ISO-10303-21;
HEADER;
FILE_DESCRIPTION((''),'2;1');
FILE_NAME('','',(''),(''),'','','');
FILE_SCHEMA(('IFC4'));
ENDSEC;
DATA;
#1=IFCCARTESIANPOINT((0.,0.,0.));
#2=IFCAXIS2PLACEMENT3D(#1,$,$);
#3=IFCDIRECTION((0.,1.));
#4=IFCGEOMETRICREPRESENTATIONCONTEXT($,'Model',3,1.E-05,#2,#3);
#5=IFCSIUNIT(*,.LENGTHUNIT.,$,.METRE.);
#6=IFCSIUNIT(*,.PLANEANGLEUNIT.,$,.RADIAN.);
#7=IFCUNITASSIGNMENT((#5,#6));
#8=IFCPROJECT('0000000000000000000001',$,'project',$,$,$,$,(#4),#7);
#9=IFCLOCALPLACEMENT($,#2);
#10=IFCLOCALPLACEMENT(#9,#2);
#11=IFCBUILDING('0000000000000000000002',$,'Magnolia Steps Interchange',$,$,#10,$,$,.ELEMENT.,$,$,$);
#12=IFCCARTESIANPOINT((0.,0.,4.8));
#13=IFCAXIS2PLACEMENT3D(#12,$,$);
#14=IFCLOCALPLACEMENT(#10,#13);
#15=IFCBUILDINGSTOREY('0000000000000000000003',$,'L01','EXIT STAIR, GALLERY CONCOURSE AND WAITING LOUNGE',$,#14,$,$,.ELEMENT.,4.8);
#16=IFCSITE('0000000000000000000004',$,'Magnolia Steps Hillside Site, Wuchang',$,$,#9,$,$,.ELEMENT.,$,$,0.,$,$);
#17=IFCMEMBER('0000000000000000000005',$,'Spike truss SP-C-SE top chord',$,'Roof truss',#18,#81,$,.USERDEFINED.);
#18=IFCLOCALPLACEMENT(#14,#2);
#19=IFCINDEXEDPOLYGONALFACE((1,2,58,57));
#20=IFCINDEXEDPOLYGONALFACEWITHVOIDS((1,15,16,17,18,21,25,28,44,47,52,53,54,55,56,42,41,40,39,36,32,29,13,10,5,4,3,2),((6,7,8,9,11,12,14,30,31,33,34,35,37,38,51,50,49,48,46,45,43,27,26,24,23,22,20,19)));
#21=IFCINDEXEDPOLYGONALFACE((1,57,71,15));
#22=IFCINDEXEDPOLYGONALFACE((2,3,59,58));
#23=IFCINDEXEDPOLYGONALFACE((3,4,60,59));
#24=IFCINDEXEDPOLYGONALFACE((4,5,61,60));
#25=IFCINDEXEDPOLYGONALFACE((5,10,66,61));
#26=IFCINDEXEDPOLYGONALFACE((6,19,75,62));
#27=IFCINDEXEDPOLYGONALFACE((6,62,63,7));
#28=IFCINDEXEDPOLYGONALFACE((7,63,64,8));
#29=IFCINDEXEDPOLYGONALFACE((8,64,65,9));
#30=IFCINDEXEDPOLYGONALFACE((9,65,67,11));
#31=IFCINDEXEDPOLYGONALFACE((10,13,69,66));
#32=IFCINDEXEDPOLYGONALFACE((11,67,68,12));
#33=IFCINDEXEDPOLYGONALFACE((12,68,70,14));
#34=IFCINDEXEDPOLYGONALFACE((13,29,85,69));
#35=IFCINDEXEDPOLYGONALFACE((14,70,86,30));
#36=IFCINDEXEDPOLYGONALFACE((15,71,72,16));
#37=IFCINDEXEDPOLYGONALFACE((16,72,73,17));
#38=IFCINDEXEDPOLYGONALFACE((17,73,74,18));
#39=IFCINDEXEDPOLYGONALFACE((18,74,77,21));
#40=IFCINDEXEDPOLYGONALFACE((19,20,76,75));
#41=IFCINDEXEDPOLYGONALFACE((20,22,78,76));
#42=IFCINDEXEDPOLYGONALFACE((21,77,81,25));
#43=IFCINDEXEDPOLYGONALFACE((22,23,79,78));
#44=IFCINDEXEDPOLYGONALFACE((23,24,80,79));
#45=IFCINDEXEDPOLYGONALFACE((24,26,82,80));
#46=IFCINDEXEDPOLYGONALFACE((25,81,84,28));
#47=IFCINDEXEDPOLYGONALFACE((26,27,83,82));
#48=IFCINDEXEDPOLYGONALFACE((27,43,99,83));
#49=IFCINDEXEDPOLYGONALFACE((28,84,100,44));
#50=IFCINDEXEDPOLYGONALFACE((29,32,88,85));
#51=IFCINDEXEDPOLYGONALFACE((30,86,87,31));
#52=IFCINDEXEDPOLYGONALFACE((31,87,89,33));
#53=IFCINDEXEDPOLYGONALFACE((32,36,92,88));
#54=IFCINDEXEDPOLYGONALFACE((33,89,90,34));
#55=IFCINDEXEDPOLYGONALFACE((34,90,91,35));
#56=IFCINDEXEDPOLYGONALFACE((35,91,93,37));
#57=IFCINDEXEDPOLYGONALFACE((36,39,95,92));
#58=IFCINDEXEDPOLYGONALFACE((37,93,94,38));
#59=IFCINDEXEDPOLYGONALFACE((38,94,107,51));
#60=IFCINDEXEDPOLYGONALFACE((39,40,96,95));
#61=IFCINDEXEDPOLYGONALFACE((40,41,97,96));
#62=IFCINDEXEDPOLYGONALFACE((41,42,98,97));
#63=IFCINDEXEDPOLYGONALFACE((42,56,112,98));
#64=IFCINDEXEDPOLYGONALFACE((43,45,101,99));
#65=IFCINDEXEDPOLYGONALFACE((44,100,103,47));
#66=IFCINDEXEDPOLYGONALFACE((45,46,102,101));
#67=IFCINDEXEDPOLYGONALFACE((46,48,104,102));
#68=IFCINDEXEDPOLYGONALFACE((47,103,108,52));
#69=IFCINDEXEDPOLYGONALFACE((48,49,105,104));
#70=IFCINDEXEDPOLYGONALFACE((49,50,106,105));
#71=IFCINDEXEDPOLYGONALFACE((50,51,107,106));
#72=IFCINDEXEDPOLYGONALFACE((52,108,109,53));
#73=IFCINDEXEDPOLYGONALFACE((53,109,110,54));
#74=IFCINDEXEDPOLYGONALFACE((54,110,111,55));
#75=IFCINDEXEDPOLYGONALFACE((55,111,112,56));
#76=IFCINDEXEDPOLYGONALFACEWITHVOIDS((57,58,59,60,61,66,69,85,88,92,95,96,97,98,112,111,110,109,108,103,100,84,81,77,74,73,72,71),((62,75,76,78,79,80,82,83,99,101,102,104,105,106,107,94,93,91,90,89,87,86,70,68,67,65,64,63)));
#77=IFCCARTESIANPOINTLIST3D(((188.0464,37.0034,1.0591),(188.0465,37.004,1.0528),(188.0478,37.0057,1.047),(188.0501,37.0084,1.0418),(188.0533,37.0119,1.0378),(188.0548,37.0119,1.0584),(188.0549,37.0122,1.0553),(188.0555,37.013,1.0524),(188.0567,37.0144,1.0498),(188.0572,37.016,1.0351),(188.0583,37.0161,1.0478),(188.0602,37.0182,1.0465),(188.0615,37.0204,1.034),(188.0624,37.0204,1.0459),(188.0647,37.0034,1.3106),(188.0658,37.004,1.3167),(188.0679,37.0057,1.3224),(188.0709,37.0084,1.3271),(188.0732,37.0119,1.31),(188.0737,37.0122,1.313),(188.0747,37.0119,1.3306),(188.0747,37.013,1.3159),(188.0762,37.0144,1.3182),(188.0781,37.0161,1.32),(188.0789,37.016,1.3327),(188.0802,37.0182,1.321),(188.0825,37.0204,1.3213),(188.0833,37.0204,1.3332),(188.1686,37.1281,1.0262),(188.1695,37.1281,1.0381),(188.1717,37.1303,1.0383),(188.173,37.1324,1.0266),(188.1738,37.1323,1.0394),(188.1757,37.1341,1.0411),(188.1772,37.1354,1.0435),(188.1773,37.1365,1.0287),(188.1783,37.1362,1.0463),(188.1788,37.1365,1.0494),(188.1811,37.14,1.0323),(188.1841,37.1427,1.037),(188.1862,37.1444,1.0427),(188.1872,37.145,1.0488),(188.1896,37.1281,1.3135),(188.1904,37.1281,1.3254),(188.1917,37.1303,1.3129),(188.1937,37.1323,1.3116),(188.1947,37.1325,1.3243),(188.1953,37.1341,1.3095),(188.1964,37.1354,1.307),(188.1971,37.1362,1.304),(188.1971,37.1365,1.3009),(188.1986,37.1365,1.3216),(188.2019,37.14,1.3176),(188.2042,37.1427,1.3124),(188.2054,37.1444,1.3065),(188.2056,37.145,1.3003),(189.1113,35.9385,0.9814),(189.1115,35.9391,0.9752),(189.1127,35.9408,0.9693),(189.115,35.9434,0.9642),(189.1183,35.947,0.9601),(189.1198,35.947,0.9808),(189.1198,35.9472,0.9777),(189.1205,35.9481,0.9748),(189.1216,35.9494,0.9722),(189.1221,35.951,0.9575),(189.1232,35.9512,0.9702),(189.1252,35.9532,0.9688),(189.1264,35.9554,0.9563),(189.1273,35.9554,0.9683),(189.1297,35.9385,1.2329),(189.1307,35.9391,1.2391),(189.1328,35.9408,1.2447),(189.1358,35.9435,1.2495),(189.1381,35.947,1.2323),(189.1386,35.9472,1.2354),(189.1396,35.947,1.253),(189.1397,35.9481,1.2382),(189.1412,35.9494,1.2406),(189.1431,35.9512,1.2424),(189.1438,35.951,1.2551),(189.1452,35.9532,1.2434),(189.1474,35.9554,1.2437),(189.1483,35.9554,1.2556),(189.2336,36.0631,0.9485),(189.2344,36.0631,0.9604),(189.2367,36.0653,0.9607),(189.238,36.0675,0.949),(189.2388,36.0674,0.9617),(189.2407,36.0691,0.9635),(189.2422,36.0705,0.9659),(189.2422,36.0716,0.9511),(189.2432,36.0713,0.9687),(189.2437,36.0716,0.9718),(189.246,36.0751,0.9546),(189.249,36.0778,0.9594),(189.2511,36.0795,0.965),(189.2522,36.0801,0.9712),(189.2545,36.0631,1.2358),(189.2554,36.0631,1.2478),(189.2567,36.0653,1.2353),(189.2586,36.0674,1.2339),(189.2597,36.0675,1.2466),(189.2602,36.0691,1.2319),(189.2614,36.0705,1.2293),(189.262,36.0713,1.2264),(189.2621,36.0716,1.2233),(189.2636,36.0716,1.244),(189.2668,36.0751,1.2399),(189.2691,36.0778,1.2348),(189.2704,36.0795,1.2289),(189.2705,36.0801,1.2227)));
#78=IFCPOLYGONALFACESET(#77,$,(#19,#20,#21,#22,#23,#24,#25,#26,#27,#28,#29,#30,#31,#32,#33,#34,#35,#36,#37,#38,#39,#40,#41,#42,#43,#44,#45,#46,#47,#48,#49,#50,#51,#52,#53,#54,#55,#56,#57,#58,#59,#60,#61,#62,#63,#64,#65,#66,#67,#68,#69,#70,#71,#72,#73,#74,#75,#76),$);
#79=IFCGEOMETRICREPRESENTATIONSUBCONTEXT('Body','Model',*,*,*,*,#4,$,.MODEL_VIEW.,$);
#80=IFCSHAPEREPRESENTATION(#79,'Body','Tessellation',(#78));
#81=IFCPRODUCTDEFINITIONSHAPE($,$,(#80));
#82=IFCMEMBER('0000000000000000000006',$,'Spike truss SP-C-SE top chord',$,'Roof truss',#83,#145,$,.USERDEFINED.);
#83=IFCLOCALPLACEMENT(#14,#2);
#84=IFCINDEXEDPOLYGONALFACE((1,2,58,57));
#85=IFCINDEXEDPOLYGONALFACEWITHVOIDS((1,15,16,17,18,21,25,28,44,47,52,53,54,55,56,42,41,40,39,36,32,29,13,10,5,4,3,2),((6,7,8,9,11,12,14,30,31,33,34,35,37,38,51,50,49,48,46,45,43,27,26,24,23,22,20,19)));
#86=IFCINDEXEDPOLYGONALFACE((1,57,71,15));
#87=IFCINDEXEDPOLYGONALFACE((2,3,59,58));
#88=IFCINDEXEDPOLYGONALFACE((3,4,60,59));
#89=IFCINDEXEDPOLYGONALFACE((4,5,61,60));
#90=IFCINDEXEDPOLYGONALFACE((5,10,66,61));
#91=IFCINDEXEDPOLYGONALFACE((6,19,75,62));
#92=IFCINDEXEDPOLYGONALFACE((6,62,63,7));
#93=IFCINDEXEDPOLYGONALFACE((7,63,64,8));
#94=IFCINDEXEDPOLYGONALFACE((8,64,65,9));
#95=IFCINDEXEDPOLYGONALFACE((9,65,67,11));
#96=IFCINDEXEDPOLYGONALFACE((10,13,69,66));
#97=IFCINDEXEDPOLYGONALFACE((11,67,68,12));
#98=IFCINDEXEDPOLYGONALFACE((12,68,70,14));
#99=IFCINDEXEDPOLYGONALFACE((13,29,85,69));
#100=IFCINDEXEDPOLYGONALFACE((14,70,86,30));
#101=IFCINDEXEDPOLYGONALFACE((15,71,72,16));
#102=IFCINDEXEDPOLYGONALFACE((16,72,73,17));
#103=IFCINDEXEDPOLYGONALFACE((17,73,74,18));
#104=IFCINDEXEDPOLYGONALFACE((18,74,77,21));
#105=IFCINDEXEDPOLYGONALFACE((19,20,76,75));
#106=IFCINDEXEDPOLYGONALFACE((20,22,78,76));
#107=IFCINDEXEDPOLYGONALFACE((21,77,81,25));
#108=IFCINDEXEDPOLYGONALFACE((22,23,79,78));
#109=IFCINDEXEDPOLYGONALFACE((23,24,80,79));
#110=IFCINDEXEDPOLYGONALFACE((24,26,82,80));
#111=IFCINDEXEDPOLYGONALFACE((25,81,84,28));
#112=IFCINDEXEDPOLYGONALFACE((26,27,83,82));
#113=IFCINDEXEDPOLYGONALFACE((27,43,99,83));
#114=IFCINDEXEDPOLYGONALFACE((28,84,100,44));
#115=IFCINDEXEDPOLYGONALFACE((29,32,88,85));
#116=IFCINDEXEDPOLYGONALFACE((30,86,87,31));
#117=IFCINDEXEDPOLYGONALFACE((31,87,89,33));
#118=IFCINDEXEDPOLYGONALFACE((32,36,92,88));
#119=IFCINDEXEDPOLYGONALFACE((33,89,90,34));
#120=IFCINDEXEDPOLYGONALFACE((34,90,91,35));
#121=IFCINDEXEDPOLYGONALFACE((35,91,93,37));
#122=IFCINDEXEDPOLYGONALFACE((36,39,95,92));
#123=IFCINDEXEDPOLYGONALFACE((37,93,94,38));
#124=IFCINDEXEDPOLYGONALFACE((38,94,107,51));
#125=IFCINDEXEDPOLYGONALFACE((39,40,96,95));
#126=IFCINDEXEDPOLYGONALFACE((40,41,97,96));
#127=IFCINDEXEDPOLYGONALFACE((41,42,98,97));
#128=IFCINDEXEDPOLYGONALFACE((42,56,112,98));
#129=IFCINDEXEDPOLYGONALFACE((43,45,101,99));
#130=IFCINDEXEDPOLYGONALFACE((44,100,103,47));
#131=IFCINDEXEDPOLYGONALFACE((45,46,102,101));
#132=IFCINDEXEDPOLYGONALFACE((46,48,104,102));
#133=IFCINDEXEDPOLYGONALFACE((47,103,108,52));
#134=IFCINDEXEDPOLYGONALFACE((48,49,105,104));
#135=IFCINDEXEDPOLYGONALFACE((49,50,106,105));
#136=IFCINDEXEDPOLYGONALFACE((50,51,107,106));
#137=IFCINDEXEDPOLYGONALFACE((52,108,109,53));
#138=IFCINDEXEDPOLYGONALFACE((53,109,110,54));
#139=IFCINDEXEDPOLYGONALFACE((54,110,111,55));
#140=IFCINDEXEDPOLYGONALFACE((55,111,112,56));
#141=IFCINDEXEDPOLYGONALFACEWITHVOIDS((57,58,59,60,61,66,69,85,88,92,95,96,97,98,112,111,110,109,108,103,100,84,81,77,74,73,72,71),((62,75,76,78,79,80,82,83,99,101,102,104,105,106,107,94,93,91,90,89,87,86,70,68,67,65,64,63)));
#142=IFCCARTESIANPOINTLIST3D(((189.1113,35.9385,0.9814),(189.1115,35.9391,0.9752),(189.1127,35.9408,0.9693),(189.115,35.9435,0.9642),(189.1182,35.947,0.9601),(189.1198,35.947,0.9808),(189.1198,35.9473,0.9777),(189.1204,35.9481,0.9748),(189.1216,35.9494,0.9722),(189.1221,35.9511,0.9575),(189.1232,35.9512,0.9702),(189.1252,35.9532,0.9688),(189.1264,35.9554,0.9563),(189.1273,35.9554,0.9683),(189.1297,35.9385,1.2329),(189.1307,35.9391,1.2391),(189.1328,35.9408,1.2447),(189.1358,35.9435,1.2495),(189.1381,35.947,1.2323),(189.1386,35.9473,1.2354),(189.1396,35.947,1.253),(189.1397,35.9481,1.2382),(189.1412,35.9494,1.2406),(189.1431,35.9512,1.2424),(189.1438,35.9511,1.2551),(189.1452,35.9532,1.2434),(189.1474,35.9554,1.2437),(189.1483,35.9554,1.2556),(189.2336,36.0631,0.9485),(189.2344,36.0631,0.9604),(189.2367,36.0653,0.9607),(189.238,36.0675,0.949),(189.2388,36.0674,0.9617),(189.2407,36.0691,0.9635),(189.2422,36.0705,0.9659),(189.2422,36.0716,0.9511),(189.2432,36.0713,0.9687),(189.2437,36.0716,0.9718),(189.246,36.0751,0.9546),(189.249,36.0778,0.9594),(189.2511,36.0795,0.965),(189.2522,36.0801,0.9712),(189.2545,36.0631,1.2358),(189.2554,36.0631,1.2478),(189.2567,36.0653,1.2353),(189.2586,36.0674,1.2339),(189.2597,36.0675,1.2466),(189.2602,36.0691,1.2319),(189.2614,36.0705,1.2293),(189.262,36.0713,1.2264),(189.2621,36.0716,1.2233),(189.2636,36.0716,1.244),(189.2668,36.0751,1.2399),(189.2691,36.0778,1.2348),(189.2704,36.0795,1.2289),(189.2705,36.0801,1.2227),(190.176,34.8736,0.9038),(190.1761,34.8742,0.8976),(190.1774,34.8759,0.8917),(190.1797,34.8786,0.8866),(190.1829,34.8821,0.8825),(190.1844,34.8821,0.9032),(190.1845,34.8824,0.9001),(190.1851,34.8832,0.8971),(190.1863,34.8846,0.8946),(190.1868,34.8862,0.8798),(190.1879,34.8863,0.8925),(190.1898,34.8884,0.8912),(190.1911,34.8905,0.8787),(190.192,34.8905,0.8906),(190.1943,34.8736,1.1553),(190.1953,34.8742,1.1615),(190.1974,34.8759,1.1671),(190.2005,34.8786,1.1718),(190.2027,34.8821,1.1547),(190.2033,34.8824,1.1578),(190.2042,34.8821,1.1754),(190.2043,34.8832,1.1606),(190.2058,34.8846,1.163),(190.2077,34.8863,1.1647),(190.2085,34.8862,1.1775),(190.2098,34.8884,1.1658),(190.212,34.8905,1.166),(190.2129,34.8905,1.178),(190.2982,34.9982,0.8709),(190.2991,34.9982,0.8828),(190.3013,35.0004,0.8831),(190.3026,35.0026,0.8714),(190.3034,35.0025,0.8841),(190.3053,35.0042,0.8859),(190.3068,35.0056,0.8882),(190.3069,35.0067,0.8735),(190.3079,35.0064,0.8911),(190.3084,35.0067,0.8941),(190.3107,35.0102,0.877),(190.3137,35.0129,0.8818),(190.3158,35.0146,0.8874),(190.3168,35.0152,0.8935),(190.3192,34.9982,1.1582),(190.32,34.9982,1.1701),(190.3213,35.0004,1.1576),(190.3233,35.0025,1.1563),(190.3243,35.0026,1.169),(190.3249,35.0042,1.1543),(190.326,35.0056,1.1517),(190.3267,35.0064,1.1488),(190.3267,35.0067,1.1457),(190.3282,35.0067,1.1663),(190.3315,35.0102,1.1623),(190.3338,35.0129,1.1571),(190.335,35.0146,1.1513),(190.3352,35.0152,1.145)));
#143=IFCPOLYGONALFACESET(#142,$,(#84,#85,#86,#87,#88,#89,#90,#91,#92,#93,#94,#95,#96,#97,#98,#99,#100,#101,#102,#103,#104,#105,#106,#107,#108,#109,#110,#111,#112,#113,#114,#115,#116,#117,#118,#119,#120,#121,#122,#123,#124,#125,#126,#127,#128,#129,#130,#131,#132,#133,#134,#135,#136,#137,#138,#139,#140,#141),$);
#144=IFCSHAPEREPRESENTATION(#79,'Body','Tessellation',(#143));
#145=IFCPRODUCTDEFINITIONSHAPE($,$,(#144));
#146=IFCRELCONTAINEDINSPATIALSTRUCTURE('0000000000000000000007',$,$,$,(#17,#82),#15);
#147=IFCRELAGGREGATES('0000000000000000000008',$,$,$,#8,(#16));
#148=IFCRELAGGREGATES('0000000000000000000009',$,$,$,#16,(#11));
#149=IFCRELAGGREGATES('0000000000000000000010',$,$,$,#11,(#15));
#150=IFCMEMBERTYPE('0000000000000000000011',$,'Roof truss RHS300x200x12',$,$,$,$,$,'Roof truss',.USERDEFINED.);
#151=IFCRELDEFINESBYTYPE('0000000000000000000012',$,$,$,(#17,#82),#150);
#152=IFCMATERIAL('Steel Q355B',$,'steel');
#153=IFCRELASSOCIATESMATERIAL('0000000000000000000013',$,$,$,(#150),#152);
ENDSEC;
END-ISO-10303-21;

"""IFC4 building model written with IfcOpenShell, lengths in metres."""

from ifc_helpers import new_model, si_unit, direction, frame, origin, origin_2d, place, context, subcontext, project, spatial, hollow_rectangle, extrude, material, material_profile, profile_set, type_object, element, save


model = new_model("IFC4")

# Units and contexts
model_context = context("Model", 3, precision=1e-05, world=origin(), true_north=direction((0.0, 1.0)))
body_context = subcontext(model_context, "Body", "Model", "MODEL_VIEW")
ifc_project = project(units=[si_unit("LENGTHUNIT", "METRE"), si_unit("PLANEANGLEUNIT", "RADIAN")], contexts=[model_context])

# Site, building, storey
site_placement = place(None, origin())
site = spatial("IfcSite", under=ifc_project, at=site_placement, Name="Magnolia Steps Hillside Site, Wuchang", CompositionType="ELEMENT", RefElevation=0.0)
building_placement = place(site_placement, origin())
building = spatial("IfcBuilding", under=site, at=building_placement, Name="Magnolia Steps Interchange", CompositionType="ELEMENT")
storey_placement = place(building_placement, frame((0.0, 0.0, 4.8)))
storey = spatial("IfcBuildingStorey", under=building, at=storey_placement, Name="L01", Description="EXIT STAIR, GALLERY CONCOURSE AND WAITING LOUNGE", CompositionType="ELEMENT", Elevation=4.8)

# Members
ifc_material_1 = material(Name="Steel Q355B", Category="steel")
ifc_material_profile_1 = material_profile(ifc_material_1, hollow_rectangle(XDim=0.2, YDim=0.3, WallThickness=0.012, InnerFilletRadius=0.012, OuterFilletRadius=0.0239, at=origin_2d()), Name="RHS300x200x12")
ifc_profile_set_1 = profile_set([ifc_material_profile_1], Name="Steel Q355B")
member_type_1 = type_object("IfcMemberType", Name="Roof truss RHS300x200x12", ElementType="Roof truss", PredefinedType="USERDEFINED", material=ifc_profile_set_1)
member_1_placement = place(storey_placement, frame((188.126, 37.0742, 1.1797), z_axis=(0.706169, -0.706169, -0.051481), x_axis=(0.704299, 0.708043, -0.051355)))
element("IfcMember", 1, at=member_1_placement, inside=storey, type_object=member_type_1, Name="Spike truss SP-C-SE top chord", ObjectType="Roof truss", PredefinedType="USERDEFINED", context=body_context, shape_type="SweptSolid", body=[
    extrude(hollow_rectangle(XDim=0.2, YDim=0.3, WallThickness=0.012, InnerFilletRadius=0.012, OuterFilletRadius=0.0239, at=origin_2d()), origin(), (0.0, 0.0, 1.0), 1.5081),
])
member_2_placement = place(storey_placement, frame((189.1909, 36.0093, 1.1021), z_axis=(0.706088, -0.70625, -0.051487), x_axis=(0.70438, 0.707963, -0.051355)))
element("IfcMember", 2, at=member_2_placement, inside=storey, type_object=member_type_1, Name="Spike truss SP-C-SE top chord", ObjectType="Roof truss", PredefinedType="USERDEFINED", context=body_context, shape_type="SweptSolid", body=[
    extrude(hollow_rectangle(XDim=0.2, YDim=0.3, WallThickness=0.012, InnerFilletRadius=0.012, OuterFilletRadius=0.0239, at=origin_2d()), origin(), (0.0, 0.0, 1.0), 1.5078),
])

save(model, "model.ifc")
